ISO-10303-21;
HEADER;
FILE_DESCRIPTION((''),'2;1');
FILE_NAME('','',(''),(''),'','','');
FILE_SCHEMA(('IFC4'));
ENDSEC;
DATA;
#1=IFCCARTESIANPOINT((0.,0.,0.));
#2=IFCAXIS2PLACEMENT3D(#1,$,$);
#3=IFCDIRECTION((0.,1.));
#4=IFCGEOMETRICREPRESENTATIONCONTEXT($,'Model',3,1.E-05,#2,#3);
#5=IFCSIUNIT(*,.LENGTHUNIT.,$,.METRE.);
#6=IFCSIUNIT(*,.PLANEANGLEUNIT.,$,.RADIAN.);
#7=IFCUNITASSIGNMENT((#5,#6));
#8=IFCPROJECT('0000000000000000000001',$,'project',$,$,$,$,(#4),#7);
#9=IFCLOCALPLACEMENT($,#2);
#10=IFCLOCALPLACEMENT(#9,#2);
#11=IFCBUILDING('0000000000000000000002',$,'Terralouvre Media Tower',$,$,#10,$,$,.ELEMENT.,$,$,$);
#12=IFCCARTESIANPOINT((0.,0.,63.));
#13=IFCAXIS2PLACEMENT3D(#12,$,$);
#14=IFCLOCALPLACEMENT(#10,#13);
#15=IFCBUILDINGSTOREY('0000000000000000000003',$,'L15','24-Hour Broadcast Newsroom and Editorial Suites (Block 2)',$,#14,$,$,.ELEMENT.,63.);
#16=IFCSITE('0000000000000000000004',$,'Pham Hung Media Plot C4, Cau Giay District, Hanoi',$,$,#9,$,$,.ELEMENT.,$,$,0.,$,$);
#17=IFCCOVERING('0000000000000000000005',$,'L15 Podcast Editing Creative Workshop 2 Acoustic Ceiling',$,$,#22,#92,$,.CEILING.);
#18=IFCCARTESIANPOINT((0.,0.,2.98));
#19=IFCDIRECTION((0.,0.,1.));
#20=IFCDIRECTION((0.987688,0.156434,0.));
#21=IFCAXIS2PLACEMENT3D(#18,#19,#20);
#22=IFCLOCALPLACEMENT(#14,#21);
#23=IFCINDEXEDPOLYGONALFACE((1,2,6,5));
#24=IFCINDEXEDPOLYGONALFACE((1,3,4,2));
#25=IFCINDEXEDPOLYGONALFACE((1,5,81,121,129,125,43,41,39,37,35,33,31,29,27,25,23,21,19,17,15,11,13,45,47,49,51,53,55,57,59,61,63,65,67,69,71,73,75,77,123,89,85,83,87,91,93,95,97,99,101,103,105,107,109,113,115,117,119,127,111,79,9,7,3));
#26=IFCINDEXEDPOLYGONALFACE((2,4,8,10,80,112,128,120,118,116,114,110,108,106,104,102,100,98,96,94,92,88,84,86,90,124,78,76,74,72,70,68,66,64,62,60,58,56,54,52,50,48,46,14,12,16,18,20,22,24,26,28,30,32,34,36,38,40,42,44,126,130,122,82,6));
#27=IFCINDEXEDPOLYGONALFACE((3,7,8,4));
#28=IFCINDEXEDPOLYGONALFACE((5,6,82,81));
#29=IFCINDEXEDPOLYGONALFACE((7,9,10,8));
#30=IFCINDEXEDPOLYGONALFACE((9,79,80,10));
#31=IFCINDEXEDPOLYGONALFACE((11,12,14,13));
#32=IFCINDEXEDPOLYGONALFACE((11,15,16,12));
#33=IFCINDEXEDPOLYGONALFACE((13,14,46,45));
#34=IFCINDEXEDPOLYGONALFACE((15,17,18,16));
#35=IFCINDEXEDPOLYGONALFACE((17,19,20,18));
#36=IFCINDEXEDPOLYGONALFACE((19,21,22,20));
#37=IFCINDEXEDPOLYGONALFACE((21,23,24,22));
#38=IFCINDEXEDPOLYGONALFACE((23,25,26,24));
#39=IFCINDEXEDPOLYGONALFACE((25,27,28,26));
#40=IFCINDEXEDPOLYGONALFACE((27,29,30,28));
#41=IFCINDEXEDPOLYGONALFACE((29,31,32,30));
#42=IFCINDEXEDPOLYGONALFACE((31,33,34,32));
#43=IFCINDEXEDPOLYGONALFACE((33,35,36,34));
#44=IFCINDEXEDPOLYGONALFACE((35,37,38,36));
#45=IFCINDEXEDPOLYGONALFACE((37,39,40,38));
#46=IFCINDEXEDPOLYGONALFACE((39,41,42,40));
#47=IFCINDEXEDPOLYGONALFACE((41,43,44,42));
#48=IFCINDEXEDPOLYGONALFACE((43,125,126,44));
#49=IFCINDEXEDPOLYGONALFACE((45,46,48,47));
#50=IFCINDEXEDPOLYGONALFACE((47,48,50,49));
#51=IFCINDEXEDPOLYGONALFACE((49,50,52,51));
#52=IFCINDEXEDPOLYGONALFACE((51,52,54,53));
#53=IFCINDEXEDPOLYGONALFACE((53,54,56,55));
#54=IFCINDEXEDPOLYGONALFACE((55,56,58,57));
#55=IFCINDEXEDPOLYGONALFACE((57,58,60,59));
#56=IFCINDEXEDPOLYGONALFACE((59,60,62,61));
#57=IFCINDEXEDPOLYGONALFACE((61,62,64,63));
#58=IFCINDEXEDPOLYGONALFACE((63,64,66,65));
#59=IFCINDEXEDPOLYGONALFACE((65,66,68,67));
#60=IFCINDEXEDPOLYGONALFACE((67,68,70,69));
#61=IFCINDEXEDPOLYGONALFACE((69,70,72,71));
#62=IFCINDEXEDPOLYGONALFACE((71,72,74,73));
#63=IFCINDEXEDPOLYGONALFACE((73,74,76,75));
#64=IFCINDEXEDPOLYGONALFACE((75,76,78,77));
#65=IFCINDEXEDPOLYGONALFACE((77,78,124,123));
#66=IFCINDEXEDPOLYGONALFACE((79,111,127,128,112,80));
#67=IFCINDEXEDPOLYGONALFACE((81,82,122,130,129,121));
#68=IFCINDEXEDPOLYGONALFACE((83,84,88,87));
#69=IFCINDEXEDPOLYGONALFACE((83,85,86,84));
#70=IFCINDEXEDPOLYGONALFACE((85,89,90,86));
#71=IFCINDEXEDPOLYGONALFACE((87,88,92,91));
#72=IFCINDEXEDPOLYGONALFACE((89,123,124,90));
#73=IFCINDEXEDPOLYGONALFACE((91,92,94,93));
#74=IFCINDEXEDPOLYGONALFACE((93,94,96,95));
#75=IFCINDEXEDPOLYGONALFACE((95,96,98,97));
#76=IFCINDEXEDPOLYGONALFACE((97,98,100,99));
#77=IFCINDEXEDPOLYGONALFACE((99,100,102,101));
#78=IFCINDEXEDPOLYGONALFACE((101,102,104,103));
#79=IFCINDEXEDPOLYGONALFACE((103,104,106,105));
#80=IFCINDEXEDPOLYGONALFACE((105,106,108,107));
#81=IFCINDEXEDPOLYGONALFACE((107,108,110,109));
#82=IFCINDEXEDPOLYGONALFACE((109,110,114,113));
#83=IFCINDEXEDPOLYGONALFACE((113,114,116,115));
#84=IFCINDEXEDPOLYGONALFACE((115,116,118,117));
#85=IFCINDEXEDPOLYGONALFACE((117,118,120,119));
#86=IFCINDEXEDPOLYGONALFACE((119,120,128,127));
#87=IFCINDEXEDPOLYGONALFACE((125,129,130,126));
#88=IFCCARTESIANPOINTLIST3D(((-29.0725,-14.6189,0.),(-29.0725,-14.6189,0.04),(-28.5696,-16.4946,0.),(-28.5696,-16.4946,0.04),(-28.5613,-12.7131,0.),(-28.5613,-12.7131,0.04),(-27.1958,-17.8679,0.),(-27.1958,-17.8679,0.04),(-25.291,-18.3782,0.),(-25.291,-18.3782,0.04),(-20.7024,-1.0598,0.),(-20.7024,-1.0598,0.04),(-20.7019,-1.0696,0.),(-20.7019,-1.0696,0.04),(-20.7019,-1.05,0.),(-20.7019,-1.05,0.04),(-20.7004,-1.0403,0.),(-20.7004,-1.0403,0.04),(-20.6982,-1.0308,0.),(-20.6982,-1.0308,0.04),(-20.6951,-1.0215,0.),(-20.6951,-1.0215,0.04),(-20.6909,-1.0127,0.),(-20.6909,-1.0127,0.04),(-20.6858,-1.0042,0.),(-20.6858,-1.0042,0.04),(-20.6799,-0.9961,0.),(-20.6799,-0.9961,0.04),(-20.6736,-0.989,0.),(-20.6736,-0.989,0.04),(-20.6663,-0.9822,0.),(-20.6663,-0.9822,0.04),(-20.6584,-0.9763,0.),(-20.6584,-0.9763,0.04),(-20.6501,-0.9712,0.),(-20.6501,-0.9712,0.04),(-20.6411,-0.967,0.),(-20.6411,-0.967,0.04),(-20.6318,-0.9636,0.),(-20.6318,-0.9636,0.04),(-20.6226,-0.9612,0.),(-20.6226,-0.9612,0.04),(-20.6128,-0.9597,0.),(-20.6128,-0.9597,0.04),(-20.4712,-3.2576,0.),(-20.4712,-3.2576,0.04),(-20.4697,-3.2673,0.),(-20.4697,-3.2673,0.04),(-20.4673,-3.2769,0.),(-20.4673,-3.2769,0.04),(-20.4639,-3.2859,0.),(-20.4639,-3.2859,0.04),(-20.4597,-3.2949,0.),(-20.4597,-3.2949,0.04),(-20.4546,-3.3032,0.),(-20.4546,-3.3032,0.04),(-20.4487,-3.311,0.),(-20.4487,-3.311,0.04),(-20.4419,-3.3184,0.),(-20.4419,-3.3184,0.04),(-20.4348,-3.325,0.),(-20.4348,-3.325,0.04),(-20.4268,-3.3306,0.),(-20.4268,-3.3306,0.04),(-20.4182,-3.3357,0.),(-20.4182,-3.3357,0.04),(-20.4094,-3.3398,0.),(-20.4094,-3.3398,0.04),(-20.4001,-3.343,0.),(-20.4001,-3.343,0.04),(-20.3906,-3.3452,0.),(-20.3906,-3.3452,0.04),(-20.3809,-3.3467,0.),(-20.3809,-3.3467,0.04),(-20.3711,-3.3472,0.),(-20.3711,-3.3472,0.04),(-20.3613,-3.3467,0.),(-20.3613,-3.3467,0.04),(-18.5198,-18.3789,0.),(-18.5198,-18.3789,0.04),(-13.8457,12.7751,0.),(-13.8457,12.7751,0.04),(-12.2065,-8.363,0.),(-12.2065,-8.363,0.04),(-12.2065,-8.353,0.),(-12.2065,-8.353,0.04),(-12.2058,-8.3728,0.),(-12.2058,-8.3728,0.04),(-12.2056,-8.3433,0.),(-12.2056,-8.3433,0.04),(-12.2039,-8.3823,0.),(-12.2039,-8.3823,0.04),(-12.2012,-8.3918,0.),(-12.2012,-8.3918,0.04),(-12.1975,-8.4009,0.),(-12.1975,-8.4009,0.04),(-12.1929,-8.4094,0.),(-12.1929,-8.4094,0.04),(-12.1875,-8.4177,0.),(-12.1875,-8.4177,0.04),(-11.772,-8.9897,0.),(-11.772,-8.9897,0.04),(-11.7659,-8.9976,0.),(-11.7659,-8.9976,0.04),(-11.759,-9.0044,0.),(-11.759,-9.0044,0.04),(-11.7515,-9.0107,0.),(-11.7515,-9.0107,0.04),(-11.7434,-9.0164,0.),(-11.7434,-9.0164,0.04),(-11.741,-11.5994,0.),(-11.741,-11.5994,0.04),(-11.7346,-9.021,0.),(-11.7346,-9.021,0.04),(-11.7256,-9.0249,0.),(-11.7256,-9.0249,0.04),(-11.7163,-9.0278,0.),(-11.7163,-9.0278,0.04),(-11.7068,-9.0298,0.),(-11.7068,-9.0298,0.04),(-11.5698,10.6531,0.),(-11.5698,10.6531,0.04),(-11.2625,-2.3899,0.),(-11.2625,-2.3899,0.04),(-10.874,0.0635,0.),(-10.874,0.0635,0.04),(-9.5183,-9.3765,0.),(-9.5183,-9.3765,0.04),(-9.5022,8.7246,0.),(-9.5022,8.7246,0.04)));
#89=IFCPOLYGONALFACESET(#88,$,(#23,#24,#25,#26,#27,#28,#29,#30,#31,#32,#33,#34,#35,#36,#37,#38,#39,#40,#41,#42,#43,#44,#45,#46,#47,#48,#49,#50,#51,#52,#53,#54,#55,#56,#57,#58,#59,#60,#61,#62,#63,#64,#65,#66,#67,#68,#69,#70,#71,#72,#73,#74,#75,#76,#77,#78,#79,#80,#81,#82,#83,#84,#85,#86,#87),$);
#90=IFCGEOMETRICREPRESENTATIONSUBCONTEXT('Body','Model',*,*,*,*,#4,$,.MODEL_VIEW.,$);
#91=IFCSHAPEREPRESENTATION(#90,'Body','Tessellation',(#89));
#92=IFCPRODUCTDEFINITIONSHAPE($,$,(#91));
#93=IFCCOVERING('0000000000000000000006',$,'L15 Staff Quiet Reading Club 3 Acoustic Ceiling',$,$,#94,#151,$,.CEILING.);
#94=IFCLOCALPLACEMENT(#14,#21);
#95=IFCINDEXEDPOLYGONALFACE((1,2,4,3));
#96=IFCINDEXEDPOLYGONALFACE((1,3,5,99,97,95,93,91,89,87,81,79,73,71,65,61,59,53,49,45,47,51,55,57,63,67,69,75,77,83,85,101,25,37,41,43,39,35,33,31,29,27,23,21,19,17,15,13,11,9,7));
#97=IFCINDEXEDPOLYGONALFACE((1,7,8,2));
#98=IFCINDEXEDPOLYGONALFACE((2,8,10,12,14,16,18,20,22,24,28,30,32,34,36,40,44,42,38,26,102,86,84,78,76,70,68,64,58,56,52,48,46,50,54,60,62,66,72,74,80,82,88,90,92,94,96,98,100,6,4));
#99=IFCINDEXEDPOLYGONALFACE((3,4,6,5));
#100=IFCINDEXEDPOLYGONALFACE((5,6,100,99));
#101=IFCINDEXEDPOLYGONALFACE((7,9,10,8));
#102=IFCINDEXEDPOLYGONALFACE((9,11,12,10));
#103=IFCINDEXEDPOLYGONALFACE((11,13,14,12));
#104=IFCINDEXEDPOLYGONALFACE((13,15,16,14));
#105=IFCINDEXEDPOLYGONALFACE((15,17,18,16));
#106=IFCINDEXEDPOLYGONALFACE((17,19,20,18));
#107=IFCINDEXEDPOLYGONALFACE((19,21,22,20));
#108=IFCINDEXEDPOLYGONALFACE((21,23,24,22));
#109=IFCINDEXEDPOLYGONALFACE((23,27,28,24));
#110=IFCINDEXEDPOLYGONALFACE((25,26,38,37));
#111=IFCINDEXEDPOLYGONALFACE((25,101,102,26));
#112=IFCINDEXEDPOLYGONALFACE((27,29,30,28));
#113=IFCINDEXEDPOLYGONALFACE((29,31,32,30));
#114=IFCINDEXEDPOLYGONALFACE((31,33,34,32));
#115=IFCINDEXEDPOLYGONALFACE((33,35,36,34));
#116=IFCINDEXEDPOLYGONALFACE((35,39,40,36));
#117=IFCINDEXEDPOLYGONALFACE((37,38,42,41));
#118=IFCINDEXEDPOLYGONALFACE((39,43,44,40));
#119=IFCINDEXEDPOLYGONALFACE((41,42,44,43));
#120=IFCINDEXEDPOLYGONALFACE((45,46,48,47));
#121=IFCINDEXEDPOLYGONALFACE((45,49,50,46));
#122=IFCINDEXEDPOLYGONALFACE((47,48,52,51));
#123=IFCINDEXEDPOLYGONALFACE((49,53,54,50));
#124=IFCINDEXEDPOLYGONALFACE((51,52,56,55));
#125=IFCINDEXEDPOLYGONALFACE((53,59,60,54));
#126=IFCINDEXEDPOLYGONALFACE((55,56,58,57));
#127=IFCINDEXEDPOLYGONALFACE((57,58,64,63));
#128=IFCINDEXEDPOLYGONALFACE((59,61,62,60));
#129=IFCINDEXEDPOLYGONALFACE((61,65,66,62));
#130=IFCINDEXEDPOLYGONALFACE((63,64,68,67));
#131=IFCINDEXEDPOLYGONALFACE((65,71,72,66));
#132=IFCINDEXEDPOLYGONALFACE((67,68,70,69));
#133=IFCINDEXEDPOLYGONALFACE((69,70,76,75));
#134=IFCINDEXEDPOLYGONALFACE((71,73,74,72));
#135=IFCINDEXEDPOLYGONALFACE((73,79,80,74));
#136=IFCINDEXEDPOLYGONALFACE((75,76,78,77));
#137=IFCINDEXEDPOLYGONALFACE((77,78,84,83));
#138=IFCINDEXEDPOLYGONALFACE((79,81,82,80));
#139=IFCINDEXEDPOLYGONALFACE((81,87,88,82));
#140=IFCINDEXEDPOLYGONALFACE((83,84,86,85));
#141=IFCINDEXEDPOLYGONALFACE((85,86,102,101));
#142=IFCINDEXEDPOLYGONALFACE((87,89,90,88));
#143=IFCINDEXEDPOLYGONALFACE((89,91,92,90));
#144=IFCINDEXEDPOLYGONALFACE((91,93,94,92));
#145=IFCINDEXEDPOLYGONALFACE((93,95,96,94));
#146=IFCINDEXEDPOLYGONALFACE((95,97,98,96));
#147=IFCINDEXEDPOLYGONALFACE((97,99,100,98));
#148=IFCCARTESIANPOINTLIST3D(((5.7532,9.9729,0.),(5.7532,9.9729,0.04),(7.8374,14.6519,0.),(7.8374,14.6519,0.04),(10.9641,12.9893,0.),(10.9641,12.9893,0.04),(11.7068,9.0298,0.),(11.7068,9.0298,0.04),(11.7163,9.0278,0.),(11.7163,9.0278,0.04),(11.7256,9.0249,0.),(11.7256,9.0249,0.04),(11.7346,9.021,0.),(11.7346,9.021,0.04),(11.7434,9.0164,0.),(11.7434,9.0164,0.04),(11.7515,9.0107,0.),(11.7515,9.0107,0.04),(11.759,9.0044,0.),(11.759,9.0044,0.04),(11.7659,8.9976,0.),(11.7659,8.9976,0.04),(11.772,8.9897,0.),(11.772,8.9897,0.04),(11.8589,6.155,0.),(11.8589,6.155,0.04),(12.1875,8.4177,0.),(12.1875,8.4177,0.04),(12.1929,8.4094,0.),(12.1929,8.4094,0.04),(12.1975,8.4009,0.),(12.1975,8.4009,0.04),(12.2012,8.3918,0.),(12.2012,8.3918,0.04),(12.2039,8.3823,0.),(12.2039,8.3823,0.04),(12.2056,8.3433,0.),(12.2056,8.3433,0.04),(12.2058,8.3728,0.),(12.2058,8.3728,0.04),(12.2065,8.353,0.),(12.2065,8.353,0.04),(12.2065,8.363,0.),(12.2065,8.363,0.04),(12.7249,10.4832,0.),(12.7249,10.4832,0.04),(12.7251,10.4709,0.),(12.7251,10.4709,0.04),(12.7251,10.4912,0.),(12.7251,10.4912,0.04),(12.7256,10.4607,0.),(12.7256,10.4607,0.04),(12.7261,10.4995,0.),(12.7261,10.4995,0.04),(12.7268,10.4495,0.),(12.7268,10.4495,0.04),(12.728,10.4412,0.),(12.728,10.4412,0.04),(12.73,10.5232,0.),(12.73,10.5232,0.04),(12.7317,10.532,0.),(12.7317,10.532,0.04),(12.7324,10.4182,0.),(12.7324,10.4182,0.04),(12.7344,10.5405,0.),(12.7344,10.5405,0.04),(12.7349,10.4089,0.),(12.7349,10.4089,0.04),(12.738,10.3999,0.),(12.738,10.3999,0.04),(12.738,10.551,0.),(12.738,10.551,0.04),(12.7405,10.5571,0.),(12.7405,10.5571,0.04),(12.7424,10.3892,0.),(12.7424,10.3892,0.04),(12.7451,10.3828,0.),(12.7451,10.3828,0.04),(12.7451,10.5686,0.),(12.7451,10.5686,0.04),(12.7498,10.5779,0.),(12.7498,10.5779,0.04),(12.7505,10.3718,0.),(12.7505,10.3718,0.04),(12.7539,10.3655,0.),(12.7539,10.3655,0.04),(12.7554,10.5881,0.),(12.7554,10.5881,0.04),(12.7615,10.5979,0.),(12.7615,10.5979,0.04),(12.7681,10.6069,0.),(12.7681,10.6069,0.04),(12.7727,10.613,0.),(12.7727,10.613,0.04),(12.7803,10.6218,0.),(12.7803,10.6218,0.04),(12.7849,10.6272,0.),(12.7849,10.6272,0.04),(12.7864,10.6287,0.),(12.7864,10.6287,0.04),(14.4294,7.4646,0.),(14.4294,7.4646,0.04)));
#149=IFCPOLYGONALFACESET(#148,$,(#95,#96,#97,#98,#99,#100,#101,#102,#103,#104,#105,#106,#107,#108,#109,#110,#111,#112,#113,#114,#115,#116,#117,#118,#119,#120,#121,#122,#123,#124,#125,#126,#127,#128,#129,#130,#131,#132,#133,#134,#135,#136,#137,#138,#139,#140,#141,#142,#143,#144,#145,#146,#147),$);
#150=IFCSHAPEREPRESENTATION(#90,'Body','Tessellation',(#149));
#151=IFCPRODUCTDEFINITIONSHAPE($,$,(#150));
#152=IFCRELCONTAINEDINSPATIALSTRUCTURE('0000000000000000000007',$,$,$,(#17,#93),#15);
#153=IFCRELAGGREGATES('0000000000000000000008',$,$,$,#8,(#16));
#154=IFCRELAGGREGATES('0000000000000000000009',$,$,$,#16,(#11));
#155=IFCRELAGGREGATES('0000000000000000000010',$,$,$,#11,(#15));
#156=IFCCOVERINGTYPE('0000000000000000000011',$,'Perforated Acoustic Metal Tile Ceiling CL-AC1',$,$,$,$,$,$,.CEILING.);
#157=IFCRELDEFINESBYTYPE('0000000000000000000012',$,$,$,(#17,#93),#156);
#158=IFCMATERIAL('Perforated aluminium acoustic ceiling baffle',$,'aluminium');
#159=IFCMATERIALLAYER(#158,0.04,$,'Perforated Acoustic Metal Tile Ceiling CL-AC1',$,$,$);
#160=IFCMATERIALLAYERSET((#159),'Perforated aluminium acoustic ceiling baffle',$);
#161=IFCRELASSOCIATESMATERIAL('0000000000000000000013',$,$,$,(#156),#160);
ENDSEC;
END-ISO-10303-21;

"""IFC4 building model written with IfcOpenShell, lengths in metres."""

from ifc_helpers import new_model, si_unit, direction, frame, origin, place, context, subcontext, project, spatial, polyline, outline, extrude, material, layer, layer_set, type_object, element, save


model = new_model("IFC4")

# Units and contexts
model_context = context("Model", 3, precision=1e-05, world=origin(), true_north=direction((0.0, 1.0)))
body_context = subcontext(model_context, "Body", "Model", "MODEL_VIEW")
ifc_project = project(units=[si_unit("LENGTHUNIT", "METRE"), si_unit("PLANEANGLEUNIT", "RADIAN")], contexts=[model_context])

# Site, building, storey
site_placement = place(None, origin())
site = spatial("IfcSite", under=ifc_project, at=site_placement, Name="Pham Hung Media Plot C4, Cau Giay District, Hanoi", CompositionType="ELEMENT", RefElevation=0.0)
building_placement = place(site_placement, origin())
building = spatial("IfcBuilding", under=site, at=building_placement, Name="Terralouvre Media Tower", CompositionType="ELEMENT")
storey_placement = place(building_placement, frame((0.0, 0.0, 63.0)))
storey = spatial("IfcBuildingStorey", under=building, at=storey_placement, Name="L15", Description="24-Hour Broadcast Newsroom and Editorial Suites (Block 2)", CompositionType="ELEMENT", Elevation=63.0)

# Coverings
ifc_material_1 = material(Name="Perforated aluminium acoustic ceiling baffle", Category="aluminium")
ifc_layer_1 = layer(ifc_material_1, 0.04, Name="Perforated Acoustic Metal Tile Ceiling CL-AC1")
ifc_layer_set_1 = layer_set([ifc_layer_1], Name="Perforated aluminium acoustic ceiling baffle")
covering_type = type_object("IfcCoveringType", Name="Perforated Acoustic Metal Tile Ceiling CL-AC1", PredefinedType="CEILING", material=ifc_layer_set_1)
covering_1_placement = place(storey_placement, frame((0.0, 0.0, 2.98), z_axis=(0.0, 0.0, 1.0), x_axis=(0.987688, 0.156434, 0.0)))
element("IfcCovering", 1, at=covering_1_placement, inside=storey, type_object=covering_type, Name="L15 Podcast Editing Creative Workshop 2 Acoustic Ceiling", PredefinedType="CEILING", context=body_context, shape_type="SweptSolid", body=[
    extrude(outline(polyline([(-9.5183, -9.3765), (-11.7068, -9.0298), (-11.7163, -9.0278), (-11.7256, -9.0249), (-11.7346, -9.021), (-11.7434, -9.0164), (-11.7515, -9.0107), (-11.759, -9.0044), (-11.7659, -8.9976), (-11.772, -8.9897), (-12.1875, -8.4177), (-12.1929, -8.4094), (-12.1975, -8.4009), (-12.2012, -8.3918), (-12.2039, -8.3823), (-12.2058, -8.3728), (-12.2065, -8.363), (-12.2065, -8.353), (-12.2056, -8.3433), (-11.2625, -2.3899), (-20.3613, -3.3467), (-20.3711, -3.3472), (-20.3809, -3.3467), (-20.3906, -3.3452), (-20.4001, -3.343), (-20.4094, -3.3398), (-20.4182, -3.3357), (-20.4268, -3.3306), (-20.4348, -3.325), (-20.4419, -3.3184), (-20.4487, -3.311), (-20.4546, -3.3032), (-20.4597, -3.2949), (-20.4639, -3.2859), (-20.4673, -3.2769), (-20.4697, -3.2673), (-20.4712, -3.2576), (-20.7019, -1.0696), (-20.7024, -1.0598), (-20.7019, -1.05), (-20.7004, -1.0403), (-20.6982, -1.0308), (-20.6951, -1.0215), (-20.6909, -1.0127), (-20.6858, -1.0042), (-20.6799, -0.9961), (-20.6736, -0.989), (-20.6663, -0.9822), (-20.6584, -0.9763), (-20.6501, -0.9712), (-20.6411, -0.967), (-20.6318, -0.9636), (-20.6226, -0.9612), (-20.6128, -0.9597), (-10.874, 0.0635), (-9.5022, 8.7246), (-11.5698, 10.6531), (-13.8457, 12.7751), (-28.5613, -12.7131), (-29.0725, -14.6189), (-28.5696, -16.4946), (-27.1958, -17.8679), (-25.291, -18.3782), (-18.5198, -18.3789), (-11.741, -11.5994), (-9.5183, -9.3765)])), origin(), (0.0, 0.0, 1.0), 0.04),
])
covering_2_placement = place(storey_placement, frame((0.0, 0.0, 2.98), z_axis=(0.0, 0.0, 1.0), x_axis=(0.987688, 0.156434, 0.0)))
element("IfcCovering", 2, at=covering_2_placement, inside=storey, type_object=covering_type, Name="L15 Staff Quiet Reading Club 3 Acoustic Ceiling", PredefinedType="CEILING", context=body_context, shape_type="SweptSolid", body=[
    extrude(outline(polyline([(7.8374, 14.6519), (5.7532, 9.9729), (11.7068, 9.0298), (11.7163, 9.0278), (11.7256, 9.0249), (11.7346, 9.021), (11.7434, 9.0164), (11.7515, 9.0107), (11.759, 9.0044), (11.7659, 8.9976), (11.772, 8.9897), (12.1875, 8.4177), (12.1929, 8.4094), (12.1975, 8.4009), (12.2012, 8.3918), (12.2039, 8.3823), (12.2058, 8.3728), (12.2065, 8.363), (12.2065, 8.353), (12.2056, 8.3433), (11.8589, 6.155), (14.4294, 7.4646), (12.7539, 10.3655), (12.7505, 10.3718), (12.7451, 10.3828), (12.7424, 10.3892), (12.738, 10.3999), (12.7349, 10.4089), (12.7324, 10.4182), (12.728, 10.4412), (12.7268, 10.4495), (12.7256, 10.4607), (12.7251, 10.4709), (12.7249, 10.4832), (12.7251, 10.4912), (12.7261, 10.4995), (12.73, 10.5232), (12.7317, 10.532), (12.7344, 10.5405), (12.738, 10.551), (12.7405, 10.5571), (12.7451, 10.5686), (12.7498, 10.5779), (12.7554, 10.5881), (12.7615, 10.5979), (12.7681, 10.6069), (12.7727, 10.613), (12.7803, 10.6218), (12.7849, 10.6272), (12.7864, 10.6287), (10.9641, 12.9893), (7.8374, 14.6519)])), origin(), (0.0, 0.0, 1.0), 0.04),
])

save(model, "model.ifc")
